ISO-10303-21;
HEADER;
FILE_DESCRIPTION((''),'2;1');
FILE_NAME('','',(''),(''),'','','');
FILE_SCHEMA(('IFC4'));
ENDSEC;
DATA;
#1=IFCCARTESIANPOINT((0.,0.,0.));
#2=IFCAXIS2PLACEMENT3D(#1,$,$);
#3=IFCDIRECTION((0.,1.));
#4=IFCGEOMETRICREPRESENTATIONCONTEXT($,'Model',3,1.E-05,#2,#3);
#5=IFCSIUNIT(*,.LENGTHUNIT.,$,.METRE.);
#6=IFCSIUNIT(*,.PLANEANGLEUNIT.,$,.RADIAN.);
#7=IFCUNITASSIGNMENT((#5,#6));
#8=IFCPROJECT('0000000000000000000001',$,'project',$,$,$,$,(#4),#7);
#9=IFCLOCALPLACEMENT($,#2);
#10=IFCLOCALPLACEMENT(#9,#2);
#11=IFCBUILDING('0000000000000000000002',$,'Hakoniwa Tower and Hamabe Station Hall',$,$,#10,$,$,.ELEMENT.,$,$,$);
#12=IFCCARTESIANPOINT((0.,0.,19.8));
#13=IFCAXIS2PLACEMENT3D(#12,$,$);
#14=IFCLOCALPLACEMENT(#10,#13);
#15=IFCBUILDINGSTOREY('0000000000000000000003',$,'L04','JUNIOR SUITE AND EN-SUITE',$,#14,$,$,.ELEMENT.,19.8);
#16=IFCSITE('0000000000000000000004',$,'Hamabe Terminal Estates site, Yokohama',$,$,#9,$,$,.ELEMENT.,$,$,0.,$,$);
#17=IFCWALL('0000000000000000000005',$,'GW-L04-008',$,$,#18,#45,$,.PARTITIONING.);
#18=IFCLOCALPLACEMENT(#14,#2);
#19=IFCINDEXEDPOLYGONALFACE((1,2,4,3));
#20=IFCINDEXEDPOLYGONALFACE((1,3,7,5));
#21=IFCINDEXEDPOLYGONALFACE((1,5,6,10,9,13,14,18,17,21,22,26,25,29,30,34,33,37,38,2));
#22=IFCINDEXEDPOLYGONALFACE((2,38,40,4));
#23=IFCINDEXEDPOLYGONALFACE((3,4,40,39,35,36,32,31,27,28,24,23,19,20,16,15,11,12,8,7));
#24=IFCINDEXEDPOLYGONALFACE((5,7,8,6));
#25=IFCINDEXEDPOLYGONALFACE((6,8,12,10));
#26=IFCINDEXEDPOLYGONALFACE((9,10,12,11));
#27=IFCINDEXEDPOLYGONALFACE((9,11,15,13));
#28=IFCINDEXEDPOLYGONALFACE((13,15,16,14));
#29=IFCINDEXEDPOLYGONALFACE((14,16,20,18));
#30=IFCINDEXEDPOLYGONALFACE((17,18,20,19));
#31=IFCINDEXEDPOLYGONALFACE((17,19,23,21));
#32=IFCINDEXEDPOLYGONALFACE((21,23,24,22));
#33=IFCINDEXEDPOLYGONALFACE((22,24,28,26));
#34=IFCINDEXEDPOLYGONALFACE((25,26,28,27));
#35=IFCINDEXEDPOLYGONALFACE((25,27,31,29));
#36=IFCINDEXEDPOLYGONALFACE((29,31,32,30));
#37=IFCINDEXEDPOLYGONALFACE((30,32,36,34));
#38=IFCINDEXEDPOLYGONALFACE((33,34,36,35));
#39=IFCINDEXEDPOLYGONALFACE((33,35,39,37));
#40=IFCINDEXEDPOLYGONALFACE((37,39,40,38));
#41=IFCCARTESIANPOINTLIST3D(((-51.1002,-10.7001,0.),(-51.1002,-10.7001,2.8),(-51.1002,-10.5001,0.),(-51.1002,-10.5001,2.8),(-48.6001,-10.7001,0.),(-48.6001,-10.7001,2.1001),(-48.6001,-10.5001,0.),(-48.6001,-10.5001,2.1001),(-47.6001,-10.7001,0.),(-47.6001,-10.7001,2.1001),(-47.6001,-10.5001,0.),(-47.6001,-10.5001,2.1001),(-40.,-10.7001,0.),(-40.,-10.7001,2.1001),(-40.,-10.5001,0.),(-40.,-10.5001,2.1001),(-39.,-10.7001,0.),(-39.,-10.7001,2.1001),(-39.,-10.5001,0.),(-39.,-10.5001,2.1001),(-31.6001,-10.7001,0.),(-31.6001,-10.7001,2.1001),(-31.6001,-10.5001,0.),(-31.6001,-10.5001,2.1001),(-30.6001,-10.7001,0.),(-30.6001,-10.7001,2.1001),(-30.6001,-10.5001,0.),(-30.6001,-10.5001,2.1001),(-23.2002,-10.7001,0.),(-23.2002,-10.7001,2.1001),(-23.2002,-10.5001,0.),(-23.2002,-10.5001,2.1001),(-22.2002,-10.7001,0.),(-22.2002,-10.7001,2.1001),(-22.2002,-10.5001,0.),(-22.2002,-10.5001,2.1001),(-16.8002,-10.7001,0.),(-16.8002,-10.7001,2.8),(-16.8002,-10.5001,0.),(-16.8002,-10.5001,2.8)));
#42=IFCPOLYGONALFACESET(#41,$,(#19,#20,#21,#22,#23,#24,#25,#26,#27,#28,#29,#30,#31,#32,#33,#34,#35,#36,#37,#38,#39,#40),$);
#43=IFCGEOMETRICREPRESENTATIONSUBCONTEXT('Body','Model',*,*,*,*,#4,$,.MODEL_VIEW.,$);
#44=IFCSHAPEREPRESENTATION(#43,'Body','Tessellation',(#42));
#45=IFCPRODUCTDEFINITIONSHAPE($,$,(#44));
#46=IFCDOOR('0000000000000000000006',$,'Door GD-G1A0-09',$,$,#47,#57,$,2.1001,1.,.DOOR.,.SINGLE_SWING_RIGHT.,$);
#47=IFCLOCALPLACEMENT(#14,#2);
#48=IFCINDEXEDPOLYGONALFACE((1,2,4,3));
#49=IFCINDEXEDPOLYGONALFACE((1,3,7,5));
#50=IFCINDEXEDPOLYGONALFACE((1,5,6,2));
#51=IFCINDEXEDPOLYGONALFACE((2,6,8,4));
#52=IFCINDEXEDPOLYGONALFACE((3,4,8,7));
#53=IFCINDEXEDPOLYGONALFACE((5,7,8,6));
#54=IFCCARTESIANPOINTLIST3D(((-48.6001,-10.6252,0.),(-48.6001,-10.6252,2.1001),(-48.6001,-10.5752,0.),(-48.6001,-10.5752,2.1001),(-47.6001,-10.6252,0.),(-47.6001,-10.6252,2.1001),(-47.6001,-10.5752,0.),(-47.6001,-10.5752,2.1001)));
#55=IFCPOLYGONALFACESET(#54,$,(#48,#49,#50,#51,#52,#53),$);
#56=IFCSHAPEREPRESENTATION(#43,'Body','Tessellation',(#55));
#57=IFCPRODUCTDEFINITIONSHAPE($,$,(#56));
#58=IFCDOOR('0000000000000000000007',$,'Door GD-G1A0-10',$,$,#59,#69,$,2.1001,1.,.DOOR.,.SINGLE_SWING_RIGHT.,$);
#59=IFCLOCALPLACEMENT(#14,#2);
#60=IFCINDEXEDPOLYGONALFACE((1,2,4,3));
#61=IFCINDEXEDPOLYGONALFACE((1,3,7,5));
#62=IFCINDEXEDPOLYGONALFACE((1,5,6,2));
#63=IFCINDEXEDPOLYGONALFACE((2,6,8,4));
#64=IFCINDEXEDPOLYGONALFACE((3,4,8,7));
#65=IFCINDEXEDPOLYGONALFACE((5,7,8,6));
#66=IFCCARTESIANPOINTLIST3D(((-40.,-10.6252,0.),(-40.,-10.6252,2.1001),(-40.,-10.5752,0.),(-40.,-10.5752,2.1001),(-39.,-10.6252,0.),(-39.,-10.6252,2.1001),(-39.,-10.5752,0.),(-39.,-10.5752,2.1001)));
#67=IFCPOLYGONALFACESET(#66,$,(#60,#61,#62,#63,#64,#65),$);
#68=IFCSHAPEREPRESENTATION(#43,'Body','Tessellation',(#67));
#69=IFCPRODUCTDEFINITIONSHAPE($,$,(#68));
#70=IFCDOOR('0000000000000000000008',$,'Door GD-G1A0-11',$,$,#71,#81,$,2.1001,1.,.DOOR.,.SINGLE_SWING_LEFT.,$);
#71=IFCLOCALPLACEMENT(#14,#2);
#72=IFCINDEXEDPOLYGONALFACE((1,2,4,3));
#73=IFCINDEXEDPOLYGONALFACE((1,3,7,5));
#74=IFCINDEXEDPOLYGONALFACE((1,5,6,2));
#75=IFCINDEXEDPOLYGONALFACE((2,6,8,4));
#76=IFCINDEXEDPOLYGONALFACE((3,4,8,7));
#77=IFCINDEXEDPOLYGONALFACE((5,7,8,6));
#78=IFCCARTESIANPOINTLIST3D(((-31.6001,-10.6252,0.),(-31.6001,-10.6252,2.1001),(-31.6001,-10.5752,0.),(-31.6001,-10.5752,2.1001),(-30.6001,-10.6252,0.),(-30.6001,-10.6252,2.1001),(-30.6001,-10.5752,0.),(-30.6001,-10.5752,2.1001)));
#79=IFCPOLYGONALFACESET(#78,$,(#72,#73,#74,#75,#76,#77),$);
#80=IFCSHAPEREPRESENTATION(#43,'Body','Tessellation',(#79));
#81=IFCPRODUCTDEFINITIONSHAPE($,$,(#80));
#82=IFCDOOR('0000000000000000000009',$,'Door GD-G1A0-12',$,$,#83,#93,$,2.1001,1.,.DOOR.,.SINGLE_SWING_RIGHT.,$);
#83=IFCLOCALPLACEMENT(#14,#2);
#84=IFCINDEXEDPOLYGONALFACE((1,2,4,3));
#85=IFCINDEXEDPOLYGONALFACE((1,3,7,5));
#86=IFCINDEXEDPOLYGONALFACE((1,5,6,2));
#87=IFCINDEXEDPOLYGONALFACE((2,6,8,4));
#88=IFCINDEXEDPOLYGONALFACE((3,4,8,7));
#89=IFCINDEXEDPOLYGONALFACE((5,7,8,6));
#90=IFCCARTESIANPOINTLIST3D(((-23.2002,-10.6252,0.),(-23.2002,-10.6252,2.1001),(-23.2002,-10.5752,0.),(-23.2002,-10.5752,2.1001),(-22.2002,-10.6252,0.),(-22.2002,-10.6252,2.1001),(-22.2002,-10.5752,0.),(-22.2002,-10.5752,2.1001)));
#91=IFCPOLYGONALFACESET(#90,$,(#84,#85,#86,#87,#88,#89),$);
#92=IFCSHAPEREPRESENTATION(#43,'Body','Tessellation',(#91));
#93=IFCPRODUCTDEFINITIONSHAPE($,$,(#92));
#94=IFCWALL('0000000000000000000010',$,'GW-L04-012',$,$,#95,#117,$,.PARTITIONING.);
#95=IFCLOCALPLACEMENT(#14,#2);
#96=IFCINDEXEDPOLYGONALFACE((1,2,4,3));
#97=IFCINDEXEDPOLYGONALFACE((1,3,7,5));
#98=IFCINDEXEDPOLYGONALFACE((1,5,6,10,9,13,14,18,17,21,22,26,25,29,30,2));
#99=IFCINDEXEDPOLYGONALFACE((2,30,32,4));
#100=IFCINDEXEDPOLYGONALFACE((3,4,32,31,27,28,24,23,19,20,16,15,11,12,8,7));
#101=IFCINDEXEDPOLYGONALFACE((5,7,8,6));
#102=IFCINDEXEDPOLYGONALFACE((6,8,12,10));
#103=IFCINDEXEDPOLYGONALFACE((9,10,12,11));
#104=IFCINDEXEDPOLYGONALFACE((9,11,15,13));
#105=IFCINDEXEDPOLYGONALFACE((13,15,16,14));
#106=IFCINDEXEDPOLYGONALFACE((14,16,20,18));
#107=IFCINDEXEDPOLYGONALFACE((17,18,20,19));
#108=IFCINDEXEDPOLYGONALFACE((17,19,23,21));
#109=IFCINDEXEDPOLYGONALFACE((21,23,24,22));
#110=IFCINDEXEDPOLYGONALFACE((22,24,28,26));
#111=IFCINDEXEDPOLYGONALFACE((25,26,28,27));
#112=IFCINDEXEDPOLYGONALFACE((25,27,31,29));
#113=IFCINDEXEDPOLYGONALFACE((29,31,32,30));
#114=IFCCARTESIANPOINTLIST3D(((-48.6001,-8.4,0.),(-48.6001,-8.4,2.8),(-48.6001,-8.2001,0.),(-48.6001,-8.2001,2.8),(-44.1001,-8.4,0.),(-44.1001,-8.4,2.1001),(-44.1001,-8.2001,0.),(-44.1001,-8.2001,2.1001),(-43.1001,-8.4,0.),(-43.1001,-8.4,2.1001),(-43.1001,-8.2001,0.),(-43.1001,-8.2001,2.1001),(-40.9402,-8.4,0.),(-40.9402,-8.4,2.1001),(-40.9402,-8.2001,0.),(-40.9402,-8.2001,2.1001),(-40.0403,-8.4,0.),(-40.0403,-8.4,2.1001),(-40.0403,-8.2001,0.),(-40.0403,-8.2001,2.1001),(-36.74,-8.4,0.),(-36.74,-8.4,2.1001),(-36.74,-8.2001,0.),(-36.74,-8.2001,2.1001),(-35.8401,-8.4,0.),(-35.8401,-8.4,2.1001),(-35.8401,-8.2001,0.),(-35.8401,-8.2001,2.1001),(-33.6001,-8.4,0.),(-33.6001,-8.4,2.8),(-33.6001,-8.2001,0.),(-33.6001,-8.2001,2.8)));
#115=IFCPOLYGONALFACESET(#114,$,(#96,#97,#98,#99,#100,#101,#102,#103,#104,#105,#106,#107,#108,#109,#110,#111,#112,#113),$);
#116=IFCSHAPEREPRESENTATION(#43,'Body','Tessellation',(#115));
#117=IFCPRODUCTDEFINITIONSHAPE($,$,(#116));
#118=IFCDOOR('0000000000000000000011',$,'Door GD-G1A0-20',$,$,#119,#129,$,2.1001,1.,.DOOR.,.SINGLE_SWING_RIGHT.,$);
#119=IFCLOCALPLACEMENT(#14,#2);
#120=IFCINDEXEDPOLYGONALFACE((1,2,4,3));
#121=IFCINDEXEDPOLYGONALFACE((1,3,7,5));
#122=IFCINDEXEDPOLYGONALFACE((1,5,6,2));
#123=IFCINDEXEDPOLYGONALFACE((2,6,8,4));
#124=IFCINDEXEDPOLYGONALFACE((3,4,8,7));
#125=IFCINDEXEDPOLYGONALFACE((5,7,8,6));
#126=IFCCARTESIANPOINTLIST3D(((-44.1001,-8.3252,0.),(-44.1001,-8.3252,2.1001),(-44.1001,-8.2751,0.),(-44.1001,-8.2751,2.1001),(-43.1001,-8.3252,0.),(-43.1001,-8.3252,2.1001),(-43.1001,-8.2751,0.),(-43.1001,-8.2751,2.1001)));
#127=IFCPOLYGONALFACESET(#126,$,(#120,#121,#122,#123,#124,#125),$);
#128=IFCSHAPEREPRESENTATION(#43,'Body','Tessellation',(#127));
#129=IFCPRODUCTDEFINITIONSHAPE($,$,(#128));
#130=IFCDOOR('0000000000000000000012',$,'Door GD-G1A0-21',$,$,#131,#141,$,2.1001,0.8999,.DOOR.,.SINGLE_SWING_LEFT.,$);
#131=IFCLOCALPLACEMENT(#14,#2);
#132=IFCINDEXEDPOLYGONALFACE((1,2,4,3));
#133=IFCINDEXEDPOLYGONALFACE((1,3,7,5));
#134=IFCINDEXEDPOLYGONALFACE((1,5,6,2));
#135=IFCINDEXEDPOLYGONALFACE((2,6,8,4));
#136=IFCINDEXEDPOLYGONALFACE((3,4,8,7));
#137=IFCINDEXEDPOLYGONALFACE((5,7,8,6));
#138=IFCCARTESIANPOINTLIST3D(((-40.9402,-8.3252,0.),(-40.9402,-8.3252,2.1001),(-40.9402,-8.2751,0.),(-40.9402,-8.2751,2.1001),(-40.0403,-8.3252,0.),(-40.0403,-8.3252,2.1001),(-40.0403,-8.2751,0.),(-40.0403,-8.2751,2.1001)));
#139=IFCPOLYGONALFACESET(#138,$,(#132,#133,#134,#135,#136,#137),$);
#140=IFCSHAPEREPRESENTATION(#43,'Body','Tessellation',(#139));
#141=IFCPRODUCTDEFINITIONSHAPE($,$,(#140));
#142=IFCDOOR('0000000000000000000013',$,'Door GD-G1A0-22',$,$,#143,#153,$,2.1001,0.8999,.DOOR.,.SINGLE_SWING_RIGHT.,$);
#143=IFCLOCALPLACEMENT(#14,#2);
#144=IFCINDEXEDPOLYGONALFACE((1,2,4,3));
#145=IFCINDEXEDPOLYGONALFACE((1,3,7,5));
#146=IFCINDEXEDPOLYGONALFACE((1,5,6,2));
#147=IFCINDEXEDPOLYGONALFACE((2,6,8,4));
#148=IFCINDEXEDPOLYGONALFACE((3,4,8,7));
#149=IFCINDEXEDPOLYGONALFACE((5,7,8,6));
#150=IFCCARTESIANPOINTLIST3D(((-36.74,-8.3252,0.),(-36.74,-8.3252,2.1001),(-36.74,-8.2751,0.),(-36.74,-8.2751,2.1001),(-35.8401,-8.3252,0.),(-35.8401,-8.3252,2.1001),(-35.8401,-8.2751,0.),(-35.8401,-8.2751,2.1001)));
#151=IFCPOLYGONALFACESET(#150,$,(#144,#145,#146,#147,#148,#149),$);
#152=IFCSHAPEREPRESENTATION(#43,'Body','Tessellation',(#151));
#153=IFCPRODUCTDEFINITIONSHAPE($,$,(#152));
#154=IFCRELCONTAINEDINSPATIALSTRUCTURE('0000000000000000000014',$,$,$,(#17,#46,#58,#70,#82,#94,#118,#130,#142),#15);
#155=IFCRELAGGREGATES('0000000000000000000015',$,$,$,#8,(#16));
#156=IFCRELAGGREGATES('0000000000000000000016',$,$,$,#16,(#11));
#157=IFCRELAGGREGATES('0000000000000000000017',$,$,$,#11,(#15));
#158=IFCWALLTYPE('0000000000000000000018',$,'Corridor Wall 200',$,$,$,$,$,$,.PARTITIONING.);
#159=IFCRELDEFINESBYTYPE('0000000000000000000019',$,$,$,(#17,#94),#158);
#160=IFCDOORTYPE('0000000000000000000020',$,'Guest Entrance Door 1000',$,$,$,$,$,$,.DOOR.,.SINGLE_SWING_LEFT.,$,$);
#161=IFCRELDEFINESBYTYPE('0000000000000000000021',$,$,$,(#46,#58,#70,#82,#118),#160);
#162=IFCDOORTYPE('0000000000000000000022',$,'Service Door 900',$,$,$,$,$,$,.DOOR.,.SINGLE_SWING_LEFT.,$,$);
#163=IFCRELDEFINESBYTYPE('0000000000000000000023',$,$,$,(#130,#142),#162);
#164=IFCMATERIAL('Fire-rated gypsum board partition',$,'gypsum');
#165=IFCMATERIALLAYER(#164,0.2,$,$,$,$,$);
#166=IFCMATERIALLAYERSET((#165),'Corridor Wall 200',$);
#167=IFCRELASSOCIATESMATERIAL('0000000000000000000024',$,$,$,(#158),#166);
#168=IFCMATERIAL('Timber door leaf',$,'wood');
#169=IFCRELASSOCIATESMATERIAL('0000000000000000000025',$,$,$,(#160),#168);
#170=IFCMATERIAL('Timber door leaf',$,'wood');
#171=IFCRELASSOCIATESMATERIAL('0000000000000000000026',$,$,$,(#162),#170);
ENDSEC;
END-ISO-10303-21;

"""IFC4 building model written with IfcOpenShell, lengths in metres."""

from ifc_helpers import new_model, si_unit, direction, frame, frame_2d, origin, place, context, subcontext, project, spatial, rectangle, extrude, material, layer, layer_set, type_object, element, fill, save


model = new_model("IFC4")

# Units and contexts
model_context = context("Model", 3, precision=1e-05, world=origin(), true_north=direction((0.0, 1.0)))
body_context = subcontext(model_context, "Body", "Model", "MODEL_VIEW")
ifc_project = project(units=[si_unit("LENGTHUNIT", "METRE"), si_unit("PLANEANGLEUNIT", "RADIAN")], contexts=[model_context])

# Site, building, storey
site_placement = place(None, origin())
site = spatial("IfcSite", under=ifc_project, at=site_placement, Name="Hamabe Terminal Estates site, Yokohama", CompositionType="ELEMENT", RefElevation=0.0)
building_placement = place(site_placement, origin())
building = spatial("IfcBuilding", under=site, at=building_placement, Name="Hakoniwa Tower and Hamabe Station Hall", CompositionType="ELEMENT")
storey_placement = place(building_placement, frame((0.0, 0.0, 19.8)))
storey = spatial("IfcBuildingStorey", under=building, at=storey_placement, Name="L04", Description="JUNIOR SUITE AND EN-SUITE", CompositionType="ELEMENT", Elevation=19.8)

# Walls, openings, doors
ifc_material_1 = material(Name="Fire-rated gypsum board partition", Category="gypsum")
ifc_layer_1 = layer(ifc_material_1, 0.2)
ifc_layer_set_1 = layer_set([ifc_layer_1], Name="Corridor Wall 200")
wall_type_1 = type_object("IfcWallType", Name="Corridor Wall 200", PredefinedType="PARTITIONING", material=ifc_layer_set_1)
wall_1_placement = place(storey_placement, frame((-51.1001, -10.6001, 0.0), z_axis=(0.0, 0.0, 1.0), x_axis=(1.0, 0.0, 0.0)))
wall_1 = element("IfcWall", 1, at=wall_1_placement, inside=storey, type_object=wall_type_1, Name="GW-L04-008", PredefinedType="PARTITIONING", context=body_context, shape_type="SweptSolid", body=[
    extrude(rectangle(XDim=34.3, YDim=0.2, at=frame_2d((17.1499, 0.0))), origin(), (0.0, 0.0, 1.0), 2.8),
])
opening_1_placement = place(wall_1_placement, frame((2.5, 0.0, 0.0)))
opening_1 = element("IfcOpeningElement", 2, at=opening_1_placement, cuts=wall_1, PredefinedType="OPENING", context=body_context, shape_type="SweptSolid", body=[
    extrude(rectangle(XDim=1.0, YDim=2.1001, at=frame_2d((0.5, 1.05))), frame((0.0, 0.1099, 0.0), z_axis=(0.0, -1.0, 0.0), x_axis=(1.0, 0.0, 0.0)), (0.0, 0.0, 1.0), 0.22),
])
opening_2_placement = place(wall_1_placement, frame((11.1001, 0.0, 0.0)))
opening_2 = element("IfcOpeningElement", 3, at=opening_2_placement, cuts=wall_1, PredefinedType="OPENING", context=body_context, shape_type="SweptSolid", body=[
    extrude(rectangle(XDim=1.0, YDim=2.1001, at=frame_2d((0.5, 1.05))), frame((0.0, 0.1099, 0.0), z_axis=(0.0, -1.0, 0.0), x_axis=(1.0, 0.0, 0.0)), (0.0, 0.0, 1.0), 0.22),
])
opening_3_placement = place(wall_1_placement, frame((19.5, 0.0, 0.0)))
opening_3 = element("IfcOpeningElement", 4, at=opening_3_placement, cuts=wall_1, PredefinedType="OPENING", context=body_context, shape_type="SweptSolid", body=[
    extrude(rectangle(XDim=1.0, YDim=2.1001, at=frame_2d((0.5, 1.05))), frame((0.0, 0.1099, 0.0), z_axis=(0.0, -1.0, 0.0), x_axis=(1.0, 0.0, 0.0)), (0.0, 0.0, 1.0), 0.22),
])
opening_4_placement = place(wall_1_placement, frame((27.8999, 0.0, 0.0)))
opening_4 = element("IfcOpeningElement", 5, at=opening_4_placement, cuts=wall_1, PredefinedType="OPENING", context=body_context, shape_type="SweptSolid", body=[
    extrude(rectangle(XDim=1.0, YDim=2.1001, at=frame_2d((0.5, 1.05))), frame((0.0, 0.1099, 0.0), z_axis=(0.0, -1.0, 0.0), x_axis=(1.0, 0.0, 0.0)), (0.0, 0.0, 1.0), 0.22),
])
ifc_material_2 = material(Name="Timber door leaf", Category="wood")
door_type_1 = type_object("IfcDoorType", Name="Guest Entrance Door 1000", OperationType="SINGLE_SWING_LEFT", PredefinedType="DOOR", material=ifc_material_2)
door_1_placement = place(opening_1_placement, origin())
door_1 = element("IfcDoor", 6, at=door_1_placement, inside=storey, type_object=door_type_1, Name="Door GD-G1A0-09", OperationType="SINGLE_SWING_RIGHT", OverallHeight=2.1001, OverallWidth=1.0, PredefinedType="DOOR", context=body_context, shape_type="SweptSolid", body=[
    extrude(rectangle(XDim=1.0, YDim=2.1001, at=frame_2d((0.5, 1.05))), frame((0.0, 0.0249, 0.0), z_axis=(0.0, -1.0, 0.0), x_axis=(1.0, 0.0, 0.0)), (0.0, 0.0, 1.0), 0.05),
])
fill(opening_1, door_1)
door_2_placement = place(opening_2_placement, origin())
door_2 = element("IfcDoor", 7, at=door_2_placement, inside=storey, type_object=door_type_1, Name="Door GD-G1A0-10", OperationType="SINGLE_SWING_RIGHT", OverallHeight=2.1001, OverallWidth=1.0, PredefinedType="DOOR", context=body_context, shape_type="SweptSolid", body=[
    extrude(rectangle(XDim=1.0, YDim=2.1001, at=frame_2d((0.5, 1.05))), frame((0.0, 0.0249, 0.0), z_axis=(0.0, -1.0, 0.0), x_axis=(1.0, 0.0, 0.0)), (0.0, 0.0, 1.0), 0.05),
])
fill(opening_2, door_2)
door_3_placement = place(opening_3_placement, origin())
door_3 = element("IfcDoor", 8, at=door_3_placement, inside=storey, type_object=door_type_1, Name="Door GD-G1A0-11", OperationType="SINGLE_SWING_LEFT", OverallHeight=2.1001, OverallWidth=1.0, PredefinedType="DOOR", context=body_context, shape_type="SweptSolid", body=[
    extrude(rectangle(XDim=1.0, YDim=2.1001, at=frame_2d((0.5, 1.05))), frame((0.0, 0.0249, 0.0), z_axis=(0.0, -1.0, 0.0), x_axis=(1.0, 0.0, 0.0)), (0.0, 0.0, 1.0), 0.05),
])
fill(opening_3, door_3)
door_4_placement = place(opening_4_placement, origin())
door_4 = element("IfcDoor", 9, at=door_4_placement, inside=storey, type_object=door_type_1, Name="Door GD-G1A0-12", OperationType="SINGLE_SWING_RIGHT", OverallHeight=2.1001, OverallWidth=1.0, PredefinedType="DOOR", context=body_context, shape_type="SweptSolid", body=[
    extrude(rectangle(XDim=1.0, YDim=2.1001, at=frame_2d((0.5, 1.05))), frame((0.0, 0.0249, 0.0), z_axis=(0.0, -1.0, 0.0), x_axis=(1.0, 0.0, 0.0)), (0.0, 0.0, 1.0), 0.05),
])
fill(opening_4, door_4)
wall_2_placement = place(storey_placement, frame((-48.6001, -8.3, 0.0), z_axis=(0.0, 0.0, 1.0), x_axis=(1.0, 0.0, 0.0)))
wall_2 = element("IfcWall", 10, at=wall_2_placement, inside=storey, type_object=wall_type_1, Name="GW-L04-012", PredefinedType="PARTITIONING", context=body_context, shape_type="SweptSolid", body=[
    extrude(rectangle(XDim=15.0, YDim=0.2, at=frame_2d((7.5, 0.0))), origin(), (0.0, 0.0, 1.0), 2.8),
])
opening_5_placement = place(wall_2_placement, frame((4.5, 0.0, 0.0)))
opening_5 = element("IfcOpeningElement", 11, at=opening_5_placement, cuts=wall_2, PredefinedType="OPENING", context=body_context, shape_type="SweptSolid", body=[
    extrude(rectangle(XDim=1.0, YDim=2.1001, at=frame_2d((0.5, 1.05))), frame((0.0, 0.1099, 0.0), z_axis=(0.0, -1.0, 0.0), x_axis=(1.0, 0.0, 0.0)), (0.0, 0.0, 1.0), 0.22),
])
opening_6_placement = place(wall_2_placement, frame((7.6599, 0.0, 0.0)))
opening_6 = element("IfcOpeningElement", 12, at=opening_6_placement, cuts=wall_2, PredefinedType="OPENING", context=body_context, shape_type="SweptSolid", body=[
    extrude(rectangle(XDim=0.8999, YDim=2.1001, at=frame_2d((0.45, 1.05))), frame((0.0, 0.1099, 0.0), z_axis=(0.0, -1.0, 0.0), x_axis=(1.0, 0.0, 0.0)), (0.0, 0.0, 1.0), 0.22),
])
opening_7_placement = place(wall_2_placement, frame((11.8601, 0.0, 0.0)))
opening_7 = element("IfcOpeningElement", 13, at=opening_7_placement, cuts=wall_2, PredefinedType="OPENING", context=body_context, shape_type="SweptSolid", body=[
    extrude(rectangle(XDim=0.8999, YDim=2.1001, at=frame_2d((0.45, 1.05))), frame((0.0, 0.1099, 0.0), z_axis=(0.0, -1.0, 0.0), x_axis=(1.0, 0.0, 0.0)), (0.0, 0.0, 1.0), 0.22),
])
door_5_placement = place(opening_5_placement, origin())
door_5 = element("IfcDoor", 14, at=door_5_placement, inside=storey, type_object=door_type_1, Name="Door GD-G1A0-20", OperationType="SINGLE_SWING_RIGHT", OverallHeight=2.1001, OverallWidth=1.0, PredefinedType="DOOR", context=body_context, shape_type="SweptSolid", body=[
    extrude(rectangle(XDim=1.0, YDim=2.1001, at=frame_2d((0.5, 1.05))), frame((0.0, 0.0249, 0.0), z_axis=(0.0, -1.0, 0.0), x_axis=(1.0, 0.0, 0.0)), (0.0, 0.0, 1.0), 0.05),
])
fill(opening_5, door_5)
ifc_material_3 = material(Name="Timber door leaf", Category="wood")
door_type_2 = type_object("IfcDoorType", Name="Service Door 900", OperationType="SINGLE_SWING_LEFT", PredefinedType="DOOR", material=ifc_material_3)
door_6_placement = place(opening_6_placement, origin())
door_6 = element("IfcDoor", 15, at=door_6_placement, inside=storey, type_object=door_type_2, Name="Door GD-G1A0-21", OperationType="SINGLE_SWING_LEFT", OverallHeight=2.1001, OverallWidth=0.8999, PredefinedType="DOOR", context=body_context, shape_type="SweptSolid", body=[
    extrude(rectangle(XDim=0.8999, YDim=2.1001, at=frame_2d((0.45, 1.05))), frame((0.0, 0.0249, 0.0), z_axis=(0.0, -1.0, 0.0), x_axis=(1.0, 0.0, 0.0)), (0.0, 0.0, 1.0), 0.05),
])
fill(opening_6, door_6)
door_7_placement = place(opening_7_placement, origin())
door_7 = element("IfcDoor", 16, at=door_7_placement, inside=storey, type_object=door_type_2, Name="Door GD-G1A0-22", OperationType="SINGLE_SWING_RIGHT", OverallHeight=2.1001, OverallWidth=0.8999, PredefinedType="DOOR", context=body_context, shape_type="SweptSolid", body=[
    extrude(rectangle(XDim=0.8999, YDim=2.1001, at=frame_2d((0.45, 1.05))), frame((0.0, 0.0249, 0.0), z_axis=(0.0, -1.0, 0.0), x_axis=(1.0, 0.0, 0.0)), (0.0, 0.0, 1.0), 0.05),
])
fill(opening_7, door_7)

save(model, "model.ifc")
